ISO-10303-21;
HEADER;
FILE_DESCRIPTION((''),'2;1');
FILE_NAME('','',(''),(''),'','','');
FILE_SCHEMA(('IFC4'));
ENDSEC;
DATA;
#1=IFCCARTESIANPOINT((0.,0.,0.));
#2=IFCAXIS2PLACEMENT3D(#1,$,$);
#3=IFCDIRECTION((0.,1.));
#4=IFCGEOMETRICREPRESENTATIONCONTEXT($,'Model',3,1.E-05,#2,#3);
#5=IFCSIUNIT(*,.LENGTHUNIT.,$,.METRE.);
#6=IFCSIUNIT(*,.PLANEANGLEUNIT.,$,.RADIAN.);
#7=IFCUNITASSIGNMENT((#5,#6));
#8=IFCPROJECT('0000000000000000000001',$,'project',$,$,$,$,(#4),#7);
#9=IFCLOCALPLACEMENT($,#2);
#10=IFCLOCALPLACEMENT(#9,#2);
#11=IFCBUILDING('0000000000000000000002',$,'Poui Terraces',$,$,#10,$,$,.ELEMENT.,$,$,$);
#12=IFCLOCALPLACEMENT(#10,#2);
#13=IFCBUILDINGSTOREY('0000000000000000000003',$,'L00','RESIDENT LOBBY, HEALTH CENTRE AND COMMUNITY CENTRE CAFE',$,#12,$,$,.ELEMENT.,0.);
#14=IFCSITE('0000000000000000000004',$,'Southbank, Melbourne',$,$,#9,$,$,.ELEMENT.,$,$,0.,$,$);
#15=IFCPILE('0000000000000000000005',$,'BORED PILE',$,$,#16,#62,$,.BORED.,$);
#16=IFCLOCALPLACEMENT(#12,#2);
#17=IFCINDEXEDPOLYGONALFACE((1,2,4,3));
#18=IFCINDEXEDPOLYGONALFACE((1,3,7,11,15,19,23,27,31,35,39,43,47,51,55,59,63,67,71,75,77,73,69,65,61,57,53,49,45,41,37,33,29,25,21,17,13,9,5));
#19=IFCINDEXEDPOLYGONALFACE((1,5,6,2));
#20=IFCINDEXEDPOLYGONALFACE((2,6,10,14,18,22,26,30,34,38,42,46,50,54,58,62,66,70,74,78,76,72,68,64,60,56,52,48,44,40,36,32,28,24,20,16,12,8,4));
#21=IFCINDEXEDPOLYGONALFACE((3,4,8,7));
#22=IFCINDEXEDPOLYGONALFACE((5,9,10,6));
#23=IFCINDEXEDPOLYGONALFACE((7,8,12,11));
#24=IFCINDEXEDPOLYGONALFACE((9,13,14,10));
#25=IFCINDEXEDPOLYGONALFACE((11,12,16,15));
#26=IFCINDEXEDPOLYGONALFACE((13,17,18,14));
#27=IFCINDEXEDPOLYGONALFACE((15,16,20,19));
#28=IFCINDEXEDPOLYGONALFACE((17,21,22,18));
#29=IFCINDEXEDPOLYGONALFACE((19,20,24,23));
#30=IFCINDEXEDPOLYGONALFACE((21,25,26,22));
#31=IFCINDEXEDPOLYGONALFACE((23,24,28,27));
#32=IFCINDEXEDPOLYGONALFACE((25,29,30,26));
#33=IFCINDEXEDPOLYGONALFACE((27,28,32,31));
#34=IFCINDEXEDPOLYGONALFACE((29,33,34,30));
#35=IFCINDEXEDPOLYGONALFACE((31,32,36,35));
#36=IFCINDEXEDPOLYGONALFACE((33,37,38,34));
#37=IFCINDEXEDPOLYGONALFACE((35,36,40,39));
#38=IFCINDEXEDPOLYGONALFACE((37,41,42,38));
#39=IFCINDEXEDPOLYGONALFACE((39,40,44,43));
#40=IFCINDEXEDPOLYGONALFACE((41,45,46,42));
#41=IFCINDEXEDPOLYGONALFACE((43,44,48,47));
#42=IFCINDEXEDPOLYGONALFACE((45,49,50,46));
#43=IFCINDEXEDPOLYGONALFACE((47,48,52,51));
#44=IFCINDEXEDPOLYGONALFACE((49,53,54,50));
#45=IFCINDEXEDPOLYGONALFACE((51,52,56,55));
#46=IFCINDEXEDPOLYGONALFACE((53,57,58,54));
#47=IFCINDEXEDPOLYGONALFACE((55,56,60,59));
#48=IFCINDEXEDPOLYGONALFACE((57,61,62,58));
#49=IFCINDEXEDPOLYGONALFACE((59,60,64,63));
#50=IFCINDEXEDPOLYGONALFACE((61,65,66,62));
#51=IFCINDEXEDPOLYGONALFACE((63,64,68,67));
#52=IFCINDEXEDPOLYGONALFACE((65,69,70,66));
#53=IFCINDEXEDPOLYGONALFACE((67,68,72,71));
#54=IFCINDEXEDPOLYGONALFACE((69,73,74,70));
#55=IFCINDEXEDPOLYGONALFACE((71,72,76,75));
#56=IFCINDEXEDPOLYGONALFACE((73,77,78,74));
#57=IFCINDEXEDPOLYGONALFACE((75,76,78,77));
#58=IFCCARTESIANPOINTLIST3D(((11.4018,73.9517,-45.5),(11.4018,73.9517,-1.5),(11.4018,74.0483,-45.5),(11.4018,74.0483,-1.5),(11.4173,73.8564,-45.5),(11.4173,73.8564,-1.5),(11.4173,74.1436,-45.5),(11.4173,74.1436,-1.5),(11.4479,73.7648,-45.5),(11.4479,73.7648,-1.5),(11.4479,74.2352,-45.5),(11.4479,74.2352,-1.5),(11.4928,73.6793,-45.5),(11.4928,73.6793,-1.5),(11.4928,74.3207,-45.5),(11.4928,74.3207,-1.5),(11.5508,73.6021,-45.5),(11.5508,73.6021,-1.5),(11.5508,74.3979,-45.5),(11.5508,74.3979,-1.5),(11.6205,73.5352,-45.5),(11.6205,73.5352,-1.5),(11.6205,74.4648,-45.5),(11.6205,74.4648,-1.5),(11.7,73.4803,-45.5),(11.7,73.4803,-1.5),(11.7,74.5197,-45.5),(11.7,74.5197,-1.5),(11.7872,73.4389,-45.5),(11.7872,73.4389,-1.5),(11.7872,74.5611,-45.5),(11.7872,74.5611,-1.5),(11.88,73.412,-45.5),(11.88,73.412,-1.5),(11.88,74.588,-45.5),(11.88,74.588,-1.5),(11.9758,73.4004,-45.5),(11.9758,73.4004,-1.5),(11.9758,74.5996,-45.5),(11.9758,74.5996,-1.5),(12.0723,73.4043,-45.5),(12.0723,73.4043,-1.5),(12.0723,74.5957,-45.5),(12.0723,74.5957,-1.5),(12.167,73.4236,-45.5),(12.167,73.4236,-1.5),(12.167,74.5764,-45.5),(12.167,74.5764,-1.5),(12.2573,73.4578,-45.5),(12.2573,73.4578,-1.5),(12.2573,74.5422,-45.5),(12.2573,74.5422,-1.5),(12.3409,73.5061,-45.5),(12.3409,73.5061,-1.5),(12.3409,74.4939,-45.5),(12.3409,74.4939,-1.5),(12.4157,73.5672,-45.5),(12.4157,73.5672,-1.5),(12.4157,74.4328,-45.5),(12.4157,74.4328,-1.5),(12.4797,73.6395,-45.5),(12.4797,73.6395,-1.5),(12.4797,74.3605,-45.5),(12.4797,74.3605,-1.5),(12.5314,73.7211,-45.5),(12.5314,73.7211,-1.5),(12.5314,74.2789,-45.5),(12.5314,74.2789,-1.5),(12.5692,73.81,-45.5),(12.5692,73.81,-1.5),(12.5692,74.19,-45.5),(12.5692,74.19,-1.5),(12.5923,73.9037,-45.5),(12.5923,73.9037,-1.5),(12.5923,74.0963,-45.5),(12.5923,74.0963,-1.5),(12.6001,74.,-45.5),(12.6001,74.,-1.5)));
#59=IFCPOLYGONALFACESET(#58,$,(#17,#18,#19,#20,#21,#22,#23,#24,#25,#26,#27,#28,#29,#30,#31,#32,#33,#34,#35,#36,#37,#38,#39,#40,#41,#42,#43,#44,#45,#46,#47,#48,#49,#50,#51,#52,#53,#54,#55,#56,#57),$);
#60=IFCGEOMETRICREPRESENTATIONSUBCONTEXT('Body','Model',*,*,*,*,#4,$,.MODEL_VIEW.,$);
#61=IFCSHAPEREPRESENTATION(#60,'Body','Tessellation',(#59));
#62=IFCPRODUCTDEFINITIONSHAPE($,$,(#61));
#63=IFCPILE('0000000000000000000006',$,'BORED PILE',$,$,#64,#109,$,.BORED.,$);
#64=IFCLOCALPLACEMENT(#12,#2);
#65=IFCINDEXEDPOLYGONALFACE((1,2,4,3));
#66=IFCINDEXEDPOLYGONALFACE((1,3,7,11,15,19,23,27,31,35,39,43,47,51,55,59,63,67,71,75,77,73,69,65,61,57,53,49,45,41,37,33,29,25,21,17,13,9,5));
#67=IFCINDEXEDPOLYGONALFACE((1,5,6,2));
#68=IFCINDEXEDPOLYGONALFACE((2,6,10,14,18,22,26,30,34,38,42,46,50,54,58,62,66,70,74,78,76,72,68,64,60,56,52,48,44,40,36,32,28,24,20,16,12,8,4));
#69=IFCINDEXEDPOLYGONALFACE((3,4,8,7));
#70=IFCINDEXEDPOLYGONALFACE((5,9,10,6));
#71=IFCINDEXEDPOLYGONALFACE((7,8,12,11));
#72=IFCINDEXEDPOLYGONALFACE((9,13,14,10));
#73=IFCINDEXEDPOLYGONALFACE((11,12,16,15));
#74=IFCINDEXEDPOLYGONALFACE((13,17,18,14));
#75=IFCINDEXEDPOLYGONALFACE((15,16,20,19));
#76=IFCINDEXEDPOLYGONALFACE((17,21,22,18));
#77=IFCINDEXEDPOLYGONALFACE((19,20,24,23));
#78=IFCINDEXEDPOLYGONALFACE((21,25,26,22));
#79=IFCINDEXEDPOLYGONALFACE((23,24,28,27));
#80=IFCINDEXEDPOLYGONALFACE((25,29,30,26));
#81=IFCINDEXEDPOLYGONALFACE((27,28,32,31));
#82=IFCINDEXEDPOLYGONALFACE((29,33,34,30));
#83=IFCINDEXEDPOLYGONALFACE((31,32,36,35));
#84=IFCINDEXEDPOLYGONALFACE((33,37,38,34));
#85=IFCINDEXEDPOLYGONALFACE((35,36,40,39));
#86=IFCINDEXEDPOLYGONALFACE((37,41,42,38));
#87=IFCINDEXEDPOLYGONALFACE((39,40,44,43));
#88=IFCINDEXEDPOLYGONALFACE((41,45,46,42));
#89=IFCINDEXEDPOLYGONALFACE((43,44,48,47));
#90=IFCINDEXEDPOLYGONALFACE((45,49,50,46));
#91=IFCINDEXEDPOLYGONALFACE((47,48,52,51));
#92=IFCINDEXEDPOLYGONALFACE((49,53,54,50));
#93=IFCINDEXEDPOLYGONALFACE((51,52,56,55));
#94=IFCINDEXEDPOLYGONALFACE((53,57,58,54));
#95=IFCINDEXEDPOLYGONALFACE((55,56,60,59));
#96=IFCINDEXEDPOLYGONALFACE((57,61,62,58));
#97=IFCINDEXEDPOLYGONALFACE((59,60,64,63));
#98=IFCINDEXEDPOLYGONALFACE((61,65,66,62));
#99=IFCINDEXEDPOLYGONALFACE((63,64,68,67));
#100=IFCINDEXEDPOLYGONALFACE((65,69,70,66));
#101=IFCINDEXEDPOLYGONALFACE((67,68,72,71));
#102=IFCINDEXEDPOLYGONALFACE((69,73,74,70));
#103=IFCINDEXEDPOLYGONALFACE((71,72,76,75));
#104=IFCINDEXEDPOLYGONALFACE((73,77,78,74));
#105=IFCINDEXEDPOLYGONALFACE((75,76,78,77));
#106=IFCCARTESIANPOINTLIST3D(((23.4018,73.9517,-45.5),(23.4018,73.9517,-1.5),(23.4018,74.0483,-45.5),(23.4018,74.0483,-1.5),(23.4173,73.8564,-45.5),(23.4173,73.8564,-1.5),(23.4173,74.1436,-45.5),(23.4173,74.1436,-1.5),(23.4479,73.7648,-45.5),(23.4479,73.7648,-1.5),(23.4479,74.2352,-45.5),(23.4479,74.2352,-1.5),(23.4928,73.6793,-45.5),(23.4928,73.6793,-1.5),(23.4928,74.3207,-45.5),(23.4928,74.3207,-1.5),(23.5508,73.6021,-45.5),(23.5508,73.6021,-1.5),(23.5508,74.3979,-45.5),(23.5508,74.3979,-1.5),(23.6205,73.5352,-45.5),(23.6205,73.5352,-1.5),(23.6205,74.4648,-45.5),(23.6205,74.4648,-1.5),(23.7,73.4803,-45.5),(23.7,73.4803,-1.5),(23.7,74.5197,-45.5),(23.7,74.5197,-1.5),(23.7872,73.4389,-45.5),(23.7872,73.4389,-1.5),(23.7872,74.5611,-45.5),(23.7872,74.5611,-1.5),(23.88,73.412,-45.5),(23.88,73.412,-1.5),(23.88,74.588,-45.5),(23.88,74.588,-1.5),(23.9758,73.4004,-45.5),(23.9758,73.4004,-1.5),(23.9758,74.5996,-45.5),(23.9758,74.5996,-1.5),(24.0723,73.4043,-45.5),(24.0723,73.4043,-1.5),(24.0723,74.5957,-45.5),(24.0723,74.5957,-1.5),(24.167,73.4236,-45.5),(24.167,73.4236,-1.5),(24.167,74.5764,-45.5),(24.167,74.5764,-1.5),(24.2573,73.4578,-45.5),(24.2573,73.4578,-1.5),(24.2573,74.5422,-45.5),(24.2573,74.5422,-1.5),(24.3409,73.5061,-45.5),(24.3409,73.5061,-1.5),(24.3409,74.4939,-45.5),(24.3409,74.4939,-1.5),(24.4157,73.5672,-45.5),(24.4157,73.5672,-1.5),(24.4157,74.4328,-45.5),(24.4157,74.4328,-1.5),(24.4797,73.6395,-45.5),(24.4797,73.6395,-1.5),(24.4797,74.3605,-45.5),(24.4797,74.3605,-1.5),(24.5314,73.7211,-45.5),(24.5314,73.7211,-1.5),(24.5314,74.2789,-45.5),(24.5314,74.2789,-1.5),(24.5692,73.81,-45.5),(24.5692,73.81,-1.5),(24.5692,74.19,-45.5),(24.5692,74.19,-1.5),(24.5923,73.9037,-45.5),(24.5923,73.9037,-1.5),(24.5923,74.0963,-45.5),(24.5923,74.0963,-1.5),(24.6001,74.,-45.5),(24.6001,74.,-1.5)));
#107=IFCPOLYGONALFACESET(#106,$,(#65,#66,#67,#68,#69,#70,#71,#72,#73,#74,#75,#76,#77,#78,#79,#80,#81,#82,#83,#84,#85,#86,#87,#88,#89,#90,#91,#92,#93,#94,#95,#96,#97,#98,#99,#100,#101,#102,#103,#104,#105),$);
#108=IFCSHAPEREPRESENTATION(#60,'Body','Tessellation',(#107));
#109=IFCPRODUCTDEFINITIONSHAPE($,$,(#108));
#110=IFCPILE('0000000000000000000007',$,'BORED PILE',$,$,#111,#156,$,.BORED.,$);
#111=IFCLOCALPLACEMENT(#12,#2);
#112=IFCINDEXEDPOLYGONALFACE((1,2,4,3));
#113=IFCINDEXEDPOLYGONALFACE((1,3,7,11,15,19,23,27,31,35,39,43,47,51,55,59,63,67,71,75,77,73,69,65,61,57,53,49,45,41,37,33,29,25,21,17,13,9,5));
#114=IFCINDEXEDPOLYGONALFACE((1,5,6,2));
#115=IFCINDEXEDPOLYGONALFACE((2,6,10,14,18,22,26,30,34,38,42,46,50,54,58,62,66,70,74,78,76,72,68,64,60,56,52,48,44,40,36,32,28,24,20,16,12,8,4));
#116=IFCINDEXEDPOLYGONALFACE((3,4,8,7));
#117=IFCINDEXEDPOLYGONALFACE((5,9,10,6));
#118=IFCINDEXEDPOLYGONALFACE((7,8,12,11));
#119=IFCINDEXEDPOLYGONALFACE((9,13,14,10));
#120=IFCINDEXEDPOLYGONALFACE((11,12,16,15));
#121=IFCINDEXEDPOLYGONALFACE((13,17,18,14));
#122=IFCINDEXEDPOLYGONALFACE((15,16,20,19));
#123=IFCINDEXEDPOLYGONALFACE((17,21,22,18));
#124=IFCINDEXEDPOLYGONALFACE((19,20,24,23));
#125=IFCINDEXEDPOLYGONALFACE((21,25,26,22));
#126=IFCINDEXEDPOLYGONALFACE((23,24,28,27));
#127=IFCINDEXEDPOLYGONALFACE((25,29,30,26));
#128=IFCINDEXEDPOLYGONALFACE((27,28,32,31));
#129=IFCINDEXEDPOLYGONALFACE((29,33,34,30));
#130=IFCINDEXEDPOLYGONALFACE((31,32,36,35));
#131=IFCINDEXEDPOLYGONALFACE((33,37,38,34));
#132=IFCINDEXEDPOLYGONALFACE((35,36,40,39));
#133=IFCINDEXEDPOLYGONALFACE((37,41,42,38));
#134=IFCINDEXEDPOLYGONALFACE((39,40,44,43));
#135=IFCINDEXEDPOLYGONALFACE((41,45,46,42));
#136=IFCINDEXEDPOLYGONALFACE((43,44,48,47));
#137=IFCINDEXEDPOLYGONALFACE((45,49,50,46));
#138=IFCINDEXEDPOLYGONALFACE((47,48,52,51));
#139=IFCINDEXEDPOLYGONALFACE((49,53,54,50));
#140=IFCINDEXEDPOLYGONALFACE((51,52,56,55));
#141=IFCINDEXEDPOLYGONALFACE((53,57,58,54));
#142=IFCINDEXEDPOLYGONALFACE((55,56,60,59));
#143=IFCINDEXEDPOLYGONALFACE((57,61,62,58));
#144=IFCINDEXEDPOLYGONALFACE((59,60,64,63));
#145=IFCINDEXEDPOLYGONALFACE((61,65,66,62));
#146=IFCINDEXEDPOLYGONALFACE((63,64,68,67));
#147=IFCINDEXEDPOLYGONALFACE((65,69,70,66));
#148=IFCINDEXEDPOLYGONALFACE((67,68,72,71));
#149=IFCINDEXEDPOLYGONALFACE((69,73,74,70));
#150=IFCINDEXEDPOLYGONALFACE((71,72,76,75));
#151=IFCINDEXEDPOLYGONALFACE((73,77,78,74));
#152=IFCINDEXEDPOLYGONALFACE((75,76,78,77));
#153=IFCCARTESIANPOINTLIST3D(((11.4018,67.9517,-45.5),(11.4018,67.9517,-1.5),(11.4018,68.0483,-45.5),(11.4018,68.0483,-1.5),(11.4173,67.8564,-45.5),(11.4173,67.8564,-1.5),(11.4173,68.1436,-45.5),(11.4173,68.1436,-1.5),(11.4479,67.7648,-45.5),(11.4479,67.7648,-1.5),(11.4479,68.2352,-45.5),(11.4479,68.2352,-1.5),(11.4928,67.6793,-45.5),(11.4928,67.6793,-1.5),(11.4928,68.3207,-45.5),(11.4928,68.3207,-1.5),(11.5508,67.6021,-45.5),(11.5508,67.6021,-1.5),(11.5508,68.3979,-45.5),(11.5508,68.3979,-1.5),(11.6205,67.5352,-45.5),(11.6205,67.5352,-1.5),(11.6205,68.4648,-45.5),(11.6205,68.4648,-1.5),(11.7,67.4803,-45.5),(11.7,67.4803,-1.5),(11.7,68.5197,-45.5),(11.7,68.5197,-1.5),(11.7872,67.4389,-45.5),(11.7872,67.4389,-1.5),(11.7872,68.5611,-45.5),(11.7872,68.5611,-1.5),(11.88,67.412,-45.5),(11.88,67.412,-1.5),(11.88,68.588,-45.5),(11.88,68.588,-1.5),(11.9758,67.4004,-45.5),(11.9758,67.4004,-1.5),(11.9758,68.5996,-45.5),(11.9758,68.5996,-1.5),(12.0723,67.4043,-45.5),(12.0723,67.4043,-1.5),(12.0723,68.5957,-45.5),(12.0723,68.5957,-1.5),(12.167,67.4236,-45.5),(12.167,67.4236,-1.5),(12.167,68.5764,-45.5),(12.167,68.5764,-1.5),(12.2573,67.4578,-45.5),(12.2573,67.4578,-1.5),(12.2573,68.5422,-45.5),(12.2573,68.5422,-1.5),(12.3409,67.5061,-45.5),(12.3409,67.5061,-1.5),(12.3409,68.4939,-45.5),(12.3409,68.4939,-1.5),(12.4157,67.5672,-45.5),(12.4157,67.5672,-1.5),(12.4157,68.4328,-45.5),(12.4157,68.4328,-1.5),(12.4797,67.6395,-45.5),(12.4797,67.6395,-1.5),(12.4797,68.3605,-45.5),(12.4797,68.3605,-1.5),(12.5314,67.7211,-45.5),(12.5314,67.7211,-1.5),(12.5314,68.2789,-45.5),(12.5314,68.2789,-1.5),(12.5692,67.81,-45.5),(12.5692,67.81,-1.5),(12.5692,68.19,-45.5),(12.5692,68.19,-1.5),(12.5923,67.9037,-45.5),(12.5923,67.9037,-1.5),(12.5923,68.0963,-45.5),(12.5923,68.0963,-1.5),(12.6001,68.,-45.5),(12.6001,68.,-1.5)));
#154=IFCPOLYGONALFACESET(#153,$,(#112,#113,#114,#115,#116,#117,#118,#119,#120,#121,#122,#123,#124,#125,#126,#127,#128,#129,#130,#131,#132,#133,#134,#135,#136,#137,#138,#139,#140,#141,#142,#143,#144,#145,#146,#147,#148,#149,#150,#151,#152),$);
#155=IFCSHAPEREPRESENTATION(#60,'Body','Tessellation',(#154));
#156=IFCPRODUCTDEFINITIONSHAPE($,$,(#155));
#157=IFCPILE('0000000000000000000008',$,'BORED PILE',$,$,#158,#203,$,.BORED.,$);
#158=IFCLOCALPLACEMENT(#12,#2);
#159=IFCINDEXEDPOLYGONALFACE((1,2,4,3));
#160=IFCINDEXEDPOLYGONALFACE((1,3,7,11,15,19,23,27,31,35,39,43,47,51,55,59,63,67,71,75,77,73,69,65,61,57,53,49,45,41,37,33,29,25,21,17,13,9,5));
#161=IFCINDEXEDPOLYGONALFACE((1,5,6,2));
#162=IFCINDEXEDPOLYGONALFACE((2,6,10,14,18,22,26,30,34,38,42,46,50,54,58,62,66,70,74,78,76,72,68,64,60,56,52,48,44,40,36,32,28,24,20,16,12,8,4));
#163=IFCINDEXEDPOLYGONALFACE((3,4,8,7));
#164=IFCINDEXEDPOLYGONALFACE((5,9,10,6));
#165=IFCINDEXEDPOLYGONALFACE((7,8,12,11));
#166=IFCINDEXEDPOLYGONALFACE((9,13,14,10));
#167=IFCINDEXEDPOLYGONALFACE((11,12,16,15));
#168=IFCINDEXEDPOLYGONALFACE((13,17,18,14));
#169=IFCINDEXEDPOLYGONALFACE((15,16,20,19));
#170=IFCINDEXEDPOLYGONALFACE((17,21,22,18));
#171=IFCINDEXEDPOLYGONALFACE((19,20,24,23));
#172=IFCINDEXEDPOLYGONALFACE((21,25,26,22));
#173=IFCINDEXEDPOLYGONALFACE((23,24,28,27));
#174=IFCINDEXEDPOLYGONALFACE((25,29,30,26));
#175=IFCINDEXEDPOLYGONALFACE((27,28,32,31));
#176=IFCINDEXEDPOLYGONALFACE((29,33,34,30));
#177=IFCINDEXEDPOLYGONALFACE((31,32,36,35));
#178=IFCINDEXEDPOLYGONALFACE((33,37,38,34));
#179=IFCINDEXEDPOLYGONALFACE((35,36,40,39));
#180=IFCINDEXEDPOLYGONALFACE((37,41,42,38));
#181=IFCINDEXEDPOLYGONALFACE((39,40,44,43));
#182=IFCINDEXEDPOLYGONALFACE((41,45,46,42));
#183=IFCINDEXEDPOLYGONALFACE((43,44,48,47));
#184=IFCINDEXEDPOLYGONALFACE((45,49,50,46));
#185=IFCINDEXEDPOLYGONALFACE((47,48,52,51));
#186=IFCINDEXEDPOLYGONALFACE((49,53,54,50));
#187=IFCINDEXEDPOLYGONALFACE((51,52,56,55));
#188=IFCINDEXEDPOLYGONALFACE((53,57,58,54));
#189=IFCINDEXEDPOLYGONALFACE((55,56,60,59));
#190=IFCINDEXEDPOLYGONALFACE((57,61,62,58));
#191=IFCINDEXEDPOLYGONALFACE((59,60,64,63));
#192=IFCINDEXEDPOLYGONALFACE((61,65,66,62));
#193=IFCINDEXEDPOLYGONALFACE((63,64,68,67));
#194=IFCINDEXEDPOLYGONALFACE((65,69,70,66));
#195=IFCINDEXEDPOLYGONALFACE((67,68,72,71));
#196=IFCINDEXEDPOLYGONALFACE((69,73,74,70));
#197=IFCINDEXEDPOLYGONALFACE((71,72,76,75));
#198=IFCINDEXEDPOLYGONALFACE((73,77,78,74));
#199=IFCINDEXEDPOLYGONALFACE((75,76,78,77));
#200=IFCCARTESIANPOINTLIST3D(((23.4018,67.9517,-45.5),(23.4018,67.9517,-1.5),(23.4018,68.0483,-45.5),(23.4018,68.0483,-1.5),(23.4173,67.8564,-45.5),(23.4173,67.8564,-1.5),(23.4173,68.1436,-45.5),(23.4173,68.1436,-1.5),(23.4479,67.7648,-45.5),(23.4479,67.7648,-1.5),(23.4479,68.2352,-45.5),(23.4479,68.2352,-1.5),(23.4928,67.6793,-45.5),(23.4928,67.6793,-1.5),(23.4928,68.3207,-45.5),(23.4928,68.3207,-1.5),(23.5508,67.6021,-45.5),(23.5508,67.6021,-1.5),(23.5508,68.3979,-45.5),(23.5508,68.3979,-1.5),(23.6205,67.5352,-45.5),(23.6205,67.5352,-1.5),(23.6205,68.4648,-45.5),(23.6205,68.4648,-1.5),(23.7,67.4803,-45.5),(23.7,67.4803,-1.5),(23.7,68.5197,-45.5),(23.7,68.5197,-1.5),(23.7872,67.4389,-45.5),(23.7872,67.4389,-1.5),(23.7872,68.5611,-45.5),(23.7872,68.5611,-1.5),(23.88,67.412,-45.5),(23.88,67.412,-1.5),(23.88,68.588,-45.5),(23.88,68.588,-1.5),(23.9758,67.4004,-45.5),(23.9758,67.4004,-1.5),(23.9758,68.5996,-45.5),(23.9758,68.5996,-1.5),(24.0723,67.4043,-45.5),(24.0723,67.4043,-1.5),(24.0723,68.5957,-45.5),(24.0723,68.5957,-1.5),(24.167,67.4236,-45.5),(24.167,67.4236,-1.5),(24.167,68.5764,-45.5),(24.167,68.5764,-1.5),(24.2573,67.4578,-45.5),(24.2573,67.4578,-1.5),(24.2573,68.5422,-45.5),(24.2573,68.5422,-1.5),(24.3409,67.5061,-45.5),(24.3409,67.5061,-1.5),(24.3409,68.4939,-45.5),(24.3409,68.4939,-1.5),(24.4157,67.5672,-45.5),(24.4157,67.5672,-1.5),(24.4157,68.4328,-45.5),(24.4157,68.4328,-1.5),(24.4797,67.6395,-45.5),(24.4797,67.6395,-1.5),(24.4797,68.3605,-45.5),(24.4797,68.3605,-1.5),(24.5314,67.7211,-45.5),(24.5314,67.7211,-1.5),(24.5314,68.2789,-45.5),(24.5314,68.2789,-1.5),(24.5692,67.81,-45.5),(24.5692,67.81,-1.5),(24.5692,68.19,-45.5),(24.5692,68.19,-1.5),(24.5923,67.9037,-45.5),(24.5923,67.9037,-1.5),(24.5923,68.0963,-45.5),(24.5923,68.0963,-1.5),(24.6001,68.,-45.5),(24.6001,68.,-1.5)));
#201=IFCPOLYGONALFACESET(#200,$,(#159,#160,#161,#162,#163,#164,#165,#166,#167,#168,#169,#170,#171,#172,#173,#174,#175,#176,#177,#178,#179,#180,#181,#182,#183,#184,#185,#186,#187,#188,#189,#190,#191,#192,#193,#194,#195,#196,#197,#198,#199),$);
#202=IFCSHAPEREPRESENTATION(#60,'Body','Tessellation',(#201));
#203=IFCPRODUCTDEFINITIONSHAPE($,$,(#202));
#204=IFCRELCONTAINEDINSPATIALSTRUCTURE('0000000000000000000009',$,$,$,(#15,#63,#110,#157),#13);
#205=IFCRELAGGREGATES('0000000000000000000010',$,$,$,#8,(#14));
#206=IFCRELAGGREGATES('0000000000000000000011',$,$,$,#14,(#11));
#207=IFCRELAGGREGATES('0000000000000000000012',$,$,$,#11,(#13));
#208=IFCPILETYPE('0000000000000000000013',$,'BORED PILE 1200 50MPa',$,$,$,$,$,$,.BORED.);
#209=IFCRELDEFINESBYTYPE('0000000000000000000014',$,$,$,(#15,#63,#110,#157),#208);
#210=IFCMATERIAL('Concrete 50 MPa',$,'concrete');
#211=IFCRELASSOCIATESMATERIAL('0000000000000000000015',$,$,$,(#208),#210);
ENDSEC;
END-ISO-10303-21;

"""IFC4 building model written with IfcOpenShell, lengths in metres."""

from ifc_helpers import new_model, si_unit, direction, frame, origin, origin_2d, place, context, subcontext, project, spatial, circle, extrude, material, material_profile, profile_set, type_object, element, save


model = new_model("IFC4")

# Units and contexts
model_context = context("Model", 3, precision=1e-05, world=origin(), true_north=direction((0.0, 1.0)))
body_context = subcontext(model_context, "Body", "Model", "MODEL_VIEW")
ifc_project = project(units=[si_unit("LENGTHUNIT", "METRE"), si_unit("PLANEANGLEUNIT", "RADIAN")], contexts=[model_context])

# Site, building, storey
site_placement = place(None, origin())
site = spatial("IfcSite", under=ifc_project, at=site_placement, Name="Southbank, Melbourne", CompositionType="ELEMENT", RefElevation=0.0)
building_placement = place(site_placement, origin())
building = spatial("IfcBuilding", under=site, at=building_placement, Name="Poui Terraces", CompositionType="ELEMENT")
storey_placement = place(building_placement, origin())
storey = spatial("IfcBuildingStorey", under=building, at=storey_placement, Name="L00", Description="RESIDENT LOBBY, HEALTH CENTRE AND COMMUNITY CENTRE CAFE", CompositionType="ELEMENT", Elevation=0.0)

# Piles
ifc_material_1 = material(Name="Concrete 50 MPa", Category="concrete")
ifc_material_profile_1 = material_profile(ifc_material_1, circle(Radius=0.6001, at=origin_2d()), Name="RC D1200")
ifc_profile_set_1 = profile_set([ifc_material_profile_1], Name="Concrete 50 MPa")
pile_type = type_object("IfcPileType", Name="BORED PILE 1200 50MPa", PredefinedType="BORED", material=ifc_profile_set_1)
for number, where, z_axis, x_axis, name in (
    (1, (12.0, 74.0, -1.5), (0.0, 0.0, -1.0), (1.0, 0.0, 0.0), "BORED PILE"),
    (2, (24.0, 74.0, -1.5), (0.0, 0.0, -1.0), (1.0, 0.0, 0.0), "BORED PILE"),
    (3, (12.0, 68.0, -1.5), (0.0, 0.0, -1.0), (1.0, 0.0, 0.0), "BORED PILE"),
    (4, (24.0, 68.0, -1.5), (0.0, 0.0, -1.0), (1.0, 0.0, 0.0), "BORED PILE"),
):
    element("IfcPile", number, at=place(storey_placement, frame(where, z_axis=z_axis, x_axis=x_axis)), inside=storey, type_object=pile_type, Name=name, PredefinedType="BORED", context=body_context, shape_type="SweptSolid", body=[
        extrude(circle(Radius=0.6001, at=origin_2d()), origin(), (0.0, 0.0, 1.0), 44.0),
    ])

save(model, "model.ifc")
